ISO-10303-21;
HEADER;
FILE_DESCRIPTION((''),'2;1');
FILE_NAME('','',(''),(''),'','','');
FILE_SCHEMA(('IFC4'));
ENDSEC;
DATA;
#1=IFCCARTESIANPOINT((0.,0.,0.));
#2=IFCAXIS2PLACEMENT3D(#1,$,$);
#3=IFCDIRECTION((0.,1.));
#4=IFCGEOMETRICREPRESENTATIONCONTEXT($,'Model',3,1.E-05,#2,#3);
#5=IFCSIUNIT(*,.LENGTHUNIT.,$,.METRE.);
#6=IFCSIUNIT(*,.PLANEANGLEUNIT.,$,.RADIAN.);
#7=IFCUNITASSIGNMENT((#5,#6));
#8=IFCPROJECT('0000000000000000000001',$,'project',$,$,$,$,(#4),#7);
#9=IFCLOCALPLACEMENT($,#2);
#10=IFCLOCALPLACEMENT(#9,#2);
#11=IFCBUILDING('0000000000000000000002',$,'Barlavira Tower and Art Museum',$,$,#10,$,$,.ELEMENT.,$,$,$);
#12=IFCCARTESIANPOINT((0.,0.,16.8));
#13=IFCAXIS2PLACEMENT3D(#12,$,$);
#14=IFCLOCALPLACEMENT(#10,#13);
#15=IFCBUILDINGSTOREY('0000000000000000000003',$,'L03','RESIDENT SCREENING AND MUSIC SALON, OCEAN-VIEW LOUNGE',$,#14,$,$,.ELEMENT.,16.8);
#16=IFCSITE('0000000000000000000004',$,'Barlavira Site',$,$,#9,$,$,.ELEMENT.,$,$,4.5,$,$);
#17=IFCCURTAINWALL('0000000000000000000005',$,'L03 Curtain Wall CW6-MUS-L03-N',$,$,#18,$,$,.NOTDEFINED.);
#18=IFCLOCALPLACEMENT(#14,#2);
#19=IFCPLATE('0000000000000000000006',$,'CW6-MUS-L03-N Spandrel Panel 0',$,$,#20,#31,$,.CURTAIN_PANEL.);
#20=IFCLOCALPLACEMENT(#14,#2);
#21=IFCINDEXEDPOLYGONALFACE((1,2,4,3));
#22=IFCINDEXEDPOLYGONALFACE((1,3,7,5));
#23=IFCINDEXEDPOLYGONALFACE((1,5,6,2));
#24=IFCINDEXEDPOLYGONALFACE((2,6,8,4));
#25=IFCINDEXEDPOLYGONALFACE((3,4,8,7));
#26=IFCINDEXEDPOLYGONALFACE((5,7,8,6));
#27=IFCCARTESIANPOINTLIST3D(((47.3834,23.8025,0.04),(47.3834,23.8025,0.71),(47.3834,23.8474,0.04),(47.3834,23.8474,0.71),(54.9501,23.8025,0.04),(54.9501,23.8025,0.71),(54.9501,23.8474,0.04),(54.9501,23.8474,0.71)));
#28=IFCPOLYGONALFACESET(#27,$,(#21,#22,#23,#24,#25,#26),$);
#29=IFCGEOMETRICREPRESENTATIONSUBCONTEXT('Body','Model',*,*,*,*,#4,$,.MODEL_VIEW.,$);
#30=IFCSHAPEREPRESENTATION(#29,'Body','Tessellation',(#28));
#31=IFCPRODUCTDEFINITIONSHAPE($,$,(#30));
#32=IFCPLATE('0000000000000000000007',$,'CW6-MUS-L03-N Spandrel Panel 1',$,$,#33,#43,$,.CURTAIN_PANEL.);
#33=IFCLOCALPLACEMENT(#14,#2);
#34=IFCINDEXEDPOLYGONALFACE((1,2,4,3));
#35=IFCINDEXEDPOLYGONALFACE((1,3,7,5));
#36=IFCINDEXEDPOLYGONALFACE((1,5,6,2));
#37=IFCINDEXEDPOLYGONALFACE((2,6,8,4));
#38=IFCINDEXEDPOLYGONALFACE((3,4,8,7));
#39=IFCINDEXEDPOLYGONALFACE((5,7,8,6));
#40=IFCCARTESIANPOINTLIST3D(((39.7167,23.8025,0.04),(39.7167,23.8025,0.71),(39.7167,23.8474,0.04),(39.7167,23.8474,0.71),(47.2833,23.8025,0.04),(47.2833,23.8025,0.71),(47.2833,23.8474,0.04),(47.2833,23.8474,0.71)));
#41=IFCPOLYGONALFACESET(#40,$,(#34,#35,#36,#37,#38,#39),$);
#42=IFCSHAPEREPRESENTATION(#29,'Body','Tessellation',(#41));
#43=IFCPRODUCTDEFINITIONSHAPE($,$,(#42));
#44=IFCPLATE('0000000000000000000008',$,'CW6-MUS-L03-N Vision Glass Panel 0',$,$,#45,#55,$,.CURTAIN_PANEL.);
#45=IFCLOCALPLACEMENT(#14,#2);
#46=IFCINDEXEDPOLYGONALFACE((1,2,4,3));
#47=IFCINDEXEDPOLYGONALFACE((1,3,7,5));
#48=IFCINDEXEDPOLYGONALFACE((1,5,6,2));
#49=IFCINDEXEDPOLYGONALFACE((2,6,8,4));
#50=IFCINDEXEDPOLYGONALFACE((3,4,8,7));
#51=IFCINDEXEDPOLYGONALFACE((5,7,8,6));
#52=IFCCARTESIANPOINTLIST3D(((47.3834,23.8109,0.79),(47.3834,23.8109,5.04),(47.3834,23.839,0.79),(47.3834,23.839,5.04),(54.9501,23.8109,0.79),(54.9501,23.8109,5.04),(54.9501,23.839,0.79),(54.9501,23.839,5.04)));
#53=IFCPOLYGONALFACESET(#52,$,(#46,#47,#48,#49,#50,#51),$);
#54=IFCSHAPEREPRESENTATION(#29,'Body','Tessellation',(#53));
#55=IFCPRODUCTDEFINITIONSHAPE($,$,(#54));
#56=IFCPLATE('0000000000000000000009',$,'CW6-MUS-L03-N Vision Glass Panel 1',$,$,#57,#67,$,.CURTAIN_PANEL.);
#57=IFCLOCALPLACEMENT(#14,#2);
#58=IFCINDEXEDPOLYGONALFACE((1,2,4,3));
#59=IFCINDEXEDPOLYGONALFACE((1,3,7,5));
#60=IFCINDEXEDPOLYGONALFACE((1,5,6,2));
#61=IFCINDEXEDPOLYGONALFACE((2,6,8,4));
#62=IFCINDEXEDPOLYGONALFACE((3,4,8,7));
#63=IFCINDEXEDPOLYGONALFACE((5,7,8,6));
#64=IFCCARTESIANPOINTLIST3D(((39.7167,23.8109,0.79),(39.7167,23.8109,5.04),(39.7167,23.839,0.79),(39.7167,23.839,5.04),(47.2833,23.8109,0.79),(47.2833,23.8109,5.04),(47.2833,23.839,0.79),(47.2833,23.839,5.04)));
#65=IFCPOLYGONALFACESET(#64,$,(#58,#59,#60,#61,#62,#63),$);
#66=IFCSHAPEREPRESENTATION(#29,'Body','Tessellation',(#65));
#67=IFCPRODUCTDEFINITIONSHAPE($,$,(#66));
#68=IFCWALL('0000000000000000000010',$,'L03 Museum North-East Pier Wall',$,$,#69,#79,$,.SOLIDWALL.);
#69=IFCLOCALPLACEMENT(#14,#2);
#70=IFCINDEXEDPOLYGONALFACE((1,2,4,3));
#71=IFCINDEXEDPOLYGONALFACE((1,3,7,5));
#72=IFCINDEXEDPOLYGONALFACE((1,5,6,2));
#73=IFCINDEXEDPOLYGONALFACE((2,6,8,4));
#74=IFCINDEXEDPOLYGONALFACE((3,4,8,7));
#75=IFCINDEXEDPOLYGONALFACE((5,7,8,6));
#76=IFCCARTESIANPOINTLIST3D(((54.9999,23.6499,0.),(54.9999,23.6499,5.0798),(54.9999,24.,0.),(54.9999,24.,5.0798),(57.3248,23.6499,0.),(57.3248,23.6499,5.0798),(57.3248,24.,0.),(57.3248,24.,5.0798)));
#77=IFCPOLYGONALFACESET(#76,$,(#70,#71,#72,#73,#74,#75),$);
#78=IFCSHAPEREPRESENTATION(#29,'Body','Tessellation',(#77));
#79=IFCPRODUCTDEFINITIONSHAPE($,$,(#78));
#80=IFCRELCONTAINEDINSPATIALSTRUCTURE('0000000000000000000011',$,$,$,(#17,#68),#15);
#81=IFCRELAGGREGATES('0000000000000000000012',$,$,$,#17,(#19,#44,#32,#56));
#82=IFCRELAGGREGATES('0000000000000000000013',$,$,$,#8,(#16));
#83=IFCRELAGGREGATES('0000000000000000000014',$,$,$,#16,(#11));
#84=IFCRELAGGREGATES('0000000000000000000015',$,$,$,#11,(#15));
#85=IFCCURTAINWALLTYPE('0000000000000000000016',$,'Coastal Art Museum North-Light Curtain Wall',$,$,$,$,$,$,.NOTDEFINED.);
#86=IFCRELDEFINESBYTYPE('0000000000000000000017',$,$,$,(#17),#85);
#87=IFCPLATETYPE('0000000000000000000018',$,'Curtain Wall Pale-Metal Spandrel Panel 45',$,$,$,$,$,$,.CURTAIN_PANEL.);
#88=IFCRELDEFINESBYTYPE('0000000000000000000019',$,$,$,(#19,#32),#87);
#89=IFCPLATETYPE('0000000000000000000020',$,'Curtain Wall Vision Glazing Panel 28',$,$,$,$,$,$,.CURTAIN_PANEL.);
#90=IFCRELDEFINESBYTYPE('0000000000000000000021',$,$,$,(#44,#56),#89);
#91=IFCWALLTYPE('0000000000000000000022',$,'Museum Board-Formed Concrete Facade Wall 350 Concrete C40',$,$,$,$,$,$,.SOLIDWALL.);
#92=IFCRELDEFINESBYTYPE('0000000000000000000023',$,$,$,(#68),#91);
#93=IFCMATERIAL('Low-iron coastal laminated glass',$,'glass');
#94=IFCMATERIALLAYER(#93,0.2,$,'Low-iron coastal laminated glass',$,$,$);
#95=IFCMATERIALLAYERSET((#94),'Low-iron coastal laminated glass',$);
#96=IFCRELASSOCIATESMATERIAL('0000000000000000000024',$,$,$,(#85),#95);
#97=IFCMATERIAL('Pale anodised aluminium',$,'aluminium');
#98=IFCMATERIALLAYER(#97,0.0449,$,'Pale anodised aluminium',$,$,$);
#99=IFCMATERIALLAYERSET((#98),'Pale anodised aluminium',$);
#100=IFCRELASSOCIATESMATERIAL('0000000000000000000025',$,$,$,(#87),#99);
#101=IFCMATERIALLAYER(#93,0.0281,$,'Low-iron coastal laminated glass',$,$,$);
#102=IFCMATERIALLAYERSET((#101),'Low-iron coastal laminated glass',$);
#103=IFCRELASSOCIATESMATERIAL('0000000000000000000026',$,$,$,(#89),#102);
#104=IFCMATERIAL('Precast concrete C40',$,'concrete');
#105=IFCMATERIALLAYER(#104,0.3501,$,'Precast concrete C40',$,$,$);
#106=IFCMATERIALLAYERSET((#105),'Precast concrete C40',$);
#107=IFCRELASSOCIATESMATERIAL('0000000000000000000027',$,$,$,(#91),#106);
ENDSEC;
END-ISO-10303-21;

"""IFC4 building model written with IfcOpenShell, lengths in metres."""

from ifc_helpers import new_model, si_unit, direction, frame, frame_2d, origin, origin_2d, place, context, subcontext, project, spatial, rectangle, extrude, material, layer, layer_set, type_object, element, aggregate, save


model = new_model("IFC4")

# Units and contexts
model_context = context("Model", 3, precision=1e-05, world=origin(), true_north=direction((0.0, 1.0)))
body_context = subcontext(model_context, "Body", "Model", "MODEL_VIEW")
ifc_project = project(units=[si_unit("LENGTHUNIT", "METRE"), si_unit("PLANEANGLEUNIT", "RADIAN")], contexts=[model_context])

# Site, building, storey
site_placement = place(None, origin())
site = spatial("IfcSite", under=ifc_project, at=site_placement, Name="Barlavira Site", CompositionType="ELEMENT", RefElevation=4.5)
building_placement = place(site_placement, origin())
building = spatial("IfcBuilding", under=site, at=building_placement, Name="Barlavira Tower and Art Museum", CompositionType="ELEMENT")
storey_placement = place(building_placement, frame((0.0, 0.0, 16.8)))
storey = spatial("IfcBuildingStorey", under=building, at=storey_placement, Name="L03", Description="RESIDENT SCREENING AND MUSIC SALON, OCEAN-VIEW LOUNGE", CompositionType="ELEMENT", Elevation=16.8)

# Curtain wall
ifc_material_1 = material(Name="Low-iron coastal laminated glass", Category="glass")
ifc_layer_1 = layer(ifc_material_1, 0.2, Name="Low-iron coastal laminated glass")
ifc_layer_set_1 = layer_set([ifc_layer_1], Name="Low-iron coastal laminated glass")
curtain_wall_type = type_object("IfcCurtainWallType", Name="Coastal Art Museum North-Light Curtain Wall", PredefinedType="NOTDEFINED", material=ifc_layer_set_1)
curtain_wall_placement = place(storey_placement, origin())
curtain_wall = element("IfcCurtainWall", 1, at=curtain_wall_placement, inside=storey, type_object=curtain_wall_type, Name="L03 Curtain Wall CW6-MUS-L03-N", PredefinedType="NOTDEFINED")
ifc_material_2 = material(Name="Pale anodised aluminium", Category="aluminium")

# Plates
ifc_layer_2 = layer(ifc_material_2, 0.0449, Name="Pale anodised aluminium")
ifc_layer_set_2 = layer_set([ifc_layer_2], Name="Pale anodised aluminium")
plate_type_1 = type_object("IfcPlateType", Name="Curtain Wall Pale-Metal Spandrel Panel 45", PredefinedType="CURTAIN_PANEL", material=ifc_layer_set_2)
plate_1_placement = place(storey_placement, frame((51.1667, 23.825, 0.04), z_axis=(0.0, 0.0, 1.0), x_axis=(-1.0, 0.0, 0.0)))
plate_1 = element("IfcPlate", 2, at=plate_1_placement, type_object=plate_type_1, Name="CW6-MUS-L03-N Spandrel Panel 0", PredefinedType="CURTAIN_PANEL", context=body_context, shape_type="SweptSolid", body=[
    extrude(rectangle(XDim=7.5667, YDim=0.0449, at=origin_2d()), origin(), (0.0, 0.0, 1.0), 0.6699),
])
plate_2_placement = place(storey_placement, frame((43.5, 23.825, 0.04), z_axis=(0.0, 0.0, 1.0), x_axis=(-1.0, 0.0, 0.0)))
plate_2 = element("IfcPlate", 3, at=plate_2_placement, type_object=plate_type_1, Name="CW6-MUS-L03-N Spandrel Panel 1", PredefinedType="CURTAIN_PANEL", context=body_context, shape_type="SweptSolid", body=[
    extrude(rectangle(XDim=7.5667, YDim=0.0449, at=origin_2d()), origin(), (0.0, 0.0, 1.0), 0.6699),
])
ifc_layer_3 = layer(ifc_material_1, 0.0281, Name="Low-iron coastal laminated glass")
ifc_layer_set_3 = layer_set([ifc_layer_3], Name="Low-iron coastal laminated glass")
plate_type_2 = type_object("IfcPlateType", Name="Curtain Wall Vision Glazing Panel 28", PredefinedType="CURTAIN_PANEL", material=ifc_layer_set_3)
plate_3_placement = place(storey_placement, frame((51.1667, 23.825, 0.79), z_axis=(0.0, 0.0, 1.0), x_axis=(-1.0, 0.0, 0.0)))
plate_3 = element("IfcPlate", 4, at=plate_3_placement, type_object=plate_type_2, Name="CW6-MUS-L03-N Vision Glass Panel 0", PredefinedType="CURTAIN_PANEL", context=body_context, shape_type="SweptSolid", body=[
    extrude(rectangle(XDim=7.5667, YDim=0.0281, at=origin_2d()), origin(), (0.0, 0.0, 1.0), 4.25),
])
plate_4_placement = place(storey_placement, frame((43.5, 23.825, 0.79), z_axis=(0.0, 0.0, 1.0), x_axis=(-1.0, 0.0, 0.0)))
plate_4 = element("IfcPlate", 5, at=plate_4_placement, type_object=plate_type_2, Name="CW6-MUS-L03-N Vision Glass Panel 1", PredefinedType="CURTAIN_PANEL", context=body_context, shape_type="SweptSolid", body=[
    extrude(rectangle(XDim=7.5667, YDim=0.0281, at=origin_2d()), origin(), (0.0, 0.0, 1.0), 4.25),
])
aggregate(curtain_wall, [plate_1, plate_3, plate_2, plate_4])

# Wall
ifc_material_3 = material(Name="Precast concrete C40", Category="concrete")
ifc_layer_4 = layer(ifc_material_3, 0.3501, Name="Precast concrete C40")
ifc_layer_set_4 = layer_set([ifc_layer_4], Name="Precast concrete C40")
wall_type = type_object("IfcWallType", Name="Museum Board-Formed Concrete Facade Wall 350 Concrete C40", PredefinedType="SOLIDWALL", material=ifc_layer_set_4)
wall_placement = place(storey_placement, frame((57.325, 23.825, 0.0), z_axis=(0.0, 0.0, 1.0), x_axis=(-1.0, 0.0, 0.0)))
element("IfcWall", 6, at=wall_placement, inside=storey, type_object=wall_type, Name="L03 Museum North-East Pier Wall", PredefinedType="SOLIDWALL", context=body_context, shape_type="SweptSolid", body=[
    extrude(rectangle(XDim=2.325, YDim=0.3501, at=frame_2d((1.1626, 0.0))), origin(), (0.0, 0.0, 1.0), 5.0798),
])

save(model, "model.ifc")
